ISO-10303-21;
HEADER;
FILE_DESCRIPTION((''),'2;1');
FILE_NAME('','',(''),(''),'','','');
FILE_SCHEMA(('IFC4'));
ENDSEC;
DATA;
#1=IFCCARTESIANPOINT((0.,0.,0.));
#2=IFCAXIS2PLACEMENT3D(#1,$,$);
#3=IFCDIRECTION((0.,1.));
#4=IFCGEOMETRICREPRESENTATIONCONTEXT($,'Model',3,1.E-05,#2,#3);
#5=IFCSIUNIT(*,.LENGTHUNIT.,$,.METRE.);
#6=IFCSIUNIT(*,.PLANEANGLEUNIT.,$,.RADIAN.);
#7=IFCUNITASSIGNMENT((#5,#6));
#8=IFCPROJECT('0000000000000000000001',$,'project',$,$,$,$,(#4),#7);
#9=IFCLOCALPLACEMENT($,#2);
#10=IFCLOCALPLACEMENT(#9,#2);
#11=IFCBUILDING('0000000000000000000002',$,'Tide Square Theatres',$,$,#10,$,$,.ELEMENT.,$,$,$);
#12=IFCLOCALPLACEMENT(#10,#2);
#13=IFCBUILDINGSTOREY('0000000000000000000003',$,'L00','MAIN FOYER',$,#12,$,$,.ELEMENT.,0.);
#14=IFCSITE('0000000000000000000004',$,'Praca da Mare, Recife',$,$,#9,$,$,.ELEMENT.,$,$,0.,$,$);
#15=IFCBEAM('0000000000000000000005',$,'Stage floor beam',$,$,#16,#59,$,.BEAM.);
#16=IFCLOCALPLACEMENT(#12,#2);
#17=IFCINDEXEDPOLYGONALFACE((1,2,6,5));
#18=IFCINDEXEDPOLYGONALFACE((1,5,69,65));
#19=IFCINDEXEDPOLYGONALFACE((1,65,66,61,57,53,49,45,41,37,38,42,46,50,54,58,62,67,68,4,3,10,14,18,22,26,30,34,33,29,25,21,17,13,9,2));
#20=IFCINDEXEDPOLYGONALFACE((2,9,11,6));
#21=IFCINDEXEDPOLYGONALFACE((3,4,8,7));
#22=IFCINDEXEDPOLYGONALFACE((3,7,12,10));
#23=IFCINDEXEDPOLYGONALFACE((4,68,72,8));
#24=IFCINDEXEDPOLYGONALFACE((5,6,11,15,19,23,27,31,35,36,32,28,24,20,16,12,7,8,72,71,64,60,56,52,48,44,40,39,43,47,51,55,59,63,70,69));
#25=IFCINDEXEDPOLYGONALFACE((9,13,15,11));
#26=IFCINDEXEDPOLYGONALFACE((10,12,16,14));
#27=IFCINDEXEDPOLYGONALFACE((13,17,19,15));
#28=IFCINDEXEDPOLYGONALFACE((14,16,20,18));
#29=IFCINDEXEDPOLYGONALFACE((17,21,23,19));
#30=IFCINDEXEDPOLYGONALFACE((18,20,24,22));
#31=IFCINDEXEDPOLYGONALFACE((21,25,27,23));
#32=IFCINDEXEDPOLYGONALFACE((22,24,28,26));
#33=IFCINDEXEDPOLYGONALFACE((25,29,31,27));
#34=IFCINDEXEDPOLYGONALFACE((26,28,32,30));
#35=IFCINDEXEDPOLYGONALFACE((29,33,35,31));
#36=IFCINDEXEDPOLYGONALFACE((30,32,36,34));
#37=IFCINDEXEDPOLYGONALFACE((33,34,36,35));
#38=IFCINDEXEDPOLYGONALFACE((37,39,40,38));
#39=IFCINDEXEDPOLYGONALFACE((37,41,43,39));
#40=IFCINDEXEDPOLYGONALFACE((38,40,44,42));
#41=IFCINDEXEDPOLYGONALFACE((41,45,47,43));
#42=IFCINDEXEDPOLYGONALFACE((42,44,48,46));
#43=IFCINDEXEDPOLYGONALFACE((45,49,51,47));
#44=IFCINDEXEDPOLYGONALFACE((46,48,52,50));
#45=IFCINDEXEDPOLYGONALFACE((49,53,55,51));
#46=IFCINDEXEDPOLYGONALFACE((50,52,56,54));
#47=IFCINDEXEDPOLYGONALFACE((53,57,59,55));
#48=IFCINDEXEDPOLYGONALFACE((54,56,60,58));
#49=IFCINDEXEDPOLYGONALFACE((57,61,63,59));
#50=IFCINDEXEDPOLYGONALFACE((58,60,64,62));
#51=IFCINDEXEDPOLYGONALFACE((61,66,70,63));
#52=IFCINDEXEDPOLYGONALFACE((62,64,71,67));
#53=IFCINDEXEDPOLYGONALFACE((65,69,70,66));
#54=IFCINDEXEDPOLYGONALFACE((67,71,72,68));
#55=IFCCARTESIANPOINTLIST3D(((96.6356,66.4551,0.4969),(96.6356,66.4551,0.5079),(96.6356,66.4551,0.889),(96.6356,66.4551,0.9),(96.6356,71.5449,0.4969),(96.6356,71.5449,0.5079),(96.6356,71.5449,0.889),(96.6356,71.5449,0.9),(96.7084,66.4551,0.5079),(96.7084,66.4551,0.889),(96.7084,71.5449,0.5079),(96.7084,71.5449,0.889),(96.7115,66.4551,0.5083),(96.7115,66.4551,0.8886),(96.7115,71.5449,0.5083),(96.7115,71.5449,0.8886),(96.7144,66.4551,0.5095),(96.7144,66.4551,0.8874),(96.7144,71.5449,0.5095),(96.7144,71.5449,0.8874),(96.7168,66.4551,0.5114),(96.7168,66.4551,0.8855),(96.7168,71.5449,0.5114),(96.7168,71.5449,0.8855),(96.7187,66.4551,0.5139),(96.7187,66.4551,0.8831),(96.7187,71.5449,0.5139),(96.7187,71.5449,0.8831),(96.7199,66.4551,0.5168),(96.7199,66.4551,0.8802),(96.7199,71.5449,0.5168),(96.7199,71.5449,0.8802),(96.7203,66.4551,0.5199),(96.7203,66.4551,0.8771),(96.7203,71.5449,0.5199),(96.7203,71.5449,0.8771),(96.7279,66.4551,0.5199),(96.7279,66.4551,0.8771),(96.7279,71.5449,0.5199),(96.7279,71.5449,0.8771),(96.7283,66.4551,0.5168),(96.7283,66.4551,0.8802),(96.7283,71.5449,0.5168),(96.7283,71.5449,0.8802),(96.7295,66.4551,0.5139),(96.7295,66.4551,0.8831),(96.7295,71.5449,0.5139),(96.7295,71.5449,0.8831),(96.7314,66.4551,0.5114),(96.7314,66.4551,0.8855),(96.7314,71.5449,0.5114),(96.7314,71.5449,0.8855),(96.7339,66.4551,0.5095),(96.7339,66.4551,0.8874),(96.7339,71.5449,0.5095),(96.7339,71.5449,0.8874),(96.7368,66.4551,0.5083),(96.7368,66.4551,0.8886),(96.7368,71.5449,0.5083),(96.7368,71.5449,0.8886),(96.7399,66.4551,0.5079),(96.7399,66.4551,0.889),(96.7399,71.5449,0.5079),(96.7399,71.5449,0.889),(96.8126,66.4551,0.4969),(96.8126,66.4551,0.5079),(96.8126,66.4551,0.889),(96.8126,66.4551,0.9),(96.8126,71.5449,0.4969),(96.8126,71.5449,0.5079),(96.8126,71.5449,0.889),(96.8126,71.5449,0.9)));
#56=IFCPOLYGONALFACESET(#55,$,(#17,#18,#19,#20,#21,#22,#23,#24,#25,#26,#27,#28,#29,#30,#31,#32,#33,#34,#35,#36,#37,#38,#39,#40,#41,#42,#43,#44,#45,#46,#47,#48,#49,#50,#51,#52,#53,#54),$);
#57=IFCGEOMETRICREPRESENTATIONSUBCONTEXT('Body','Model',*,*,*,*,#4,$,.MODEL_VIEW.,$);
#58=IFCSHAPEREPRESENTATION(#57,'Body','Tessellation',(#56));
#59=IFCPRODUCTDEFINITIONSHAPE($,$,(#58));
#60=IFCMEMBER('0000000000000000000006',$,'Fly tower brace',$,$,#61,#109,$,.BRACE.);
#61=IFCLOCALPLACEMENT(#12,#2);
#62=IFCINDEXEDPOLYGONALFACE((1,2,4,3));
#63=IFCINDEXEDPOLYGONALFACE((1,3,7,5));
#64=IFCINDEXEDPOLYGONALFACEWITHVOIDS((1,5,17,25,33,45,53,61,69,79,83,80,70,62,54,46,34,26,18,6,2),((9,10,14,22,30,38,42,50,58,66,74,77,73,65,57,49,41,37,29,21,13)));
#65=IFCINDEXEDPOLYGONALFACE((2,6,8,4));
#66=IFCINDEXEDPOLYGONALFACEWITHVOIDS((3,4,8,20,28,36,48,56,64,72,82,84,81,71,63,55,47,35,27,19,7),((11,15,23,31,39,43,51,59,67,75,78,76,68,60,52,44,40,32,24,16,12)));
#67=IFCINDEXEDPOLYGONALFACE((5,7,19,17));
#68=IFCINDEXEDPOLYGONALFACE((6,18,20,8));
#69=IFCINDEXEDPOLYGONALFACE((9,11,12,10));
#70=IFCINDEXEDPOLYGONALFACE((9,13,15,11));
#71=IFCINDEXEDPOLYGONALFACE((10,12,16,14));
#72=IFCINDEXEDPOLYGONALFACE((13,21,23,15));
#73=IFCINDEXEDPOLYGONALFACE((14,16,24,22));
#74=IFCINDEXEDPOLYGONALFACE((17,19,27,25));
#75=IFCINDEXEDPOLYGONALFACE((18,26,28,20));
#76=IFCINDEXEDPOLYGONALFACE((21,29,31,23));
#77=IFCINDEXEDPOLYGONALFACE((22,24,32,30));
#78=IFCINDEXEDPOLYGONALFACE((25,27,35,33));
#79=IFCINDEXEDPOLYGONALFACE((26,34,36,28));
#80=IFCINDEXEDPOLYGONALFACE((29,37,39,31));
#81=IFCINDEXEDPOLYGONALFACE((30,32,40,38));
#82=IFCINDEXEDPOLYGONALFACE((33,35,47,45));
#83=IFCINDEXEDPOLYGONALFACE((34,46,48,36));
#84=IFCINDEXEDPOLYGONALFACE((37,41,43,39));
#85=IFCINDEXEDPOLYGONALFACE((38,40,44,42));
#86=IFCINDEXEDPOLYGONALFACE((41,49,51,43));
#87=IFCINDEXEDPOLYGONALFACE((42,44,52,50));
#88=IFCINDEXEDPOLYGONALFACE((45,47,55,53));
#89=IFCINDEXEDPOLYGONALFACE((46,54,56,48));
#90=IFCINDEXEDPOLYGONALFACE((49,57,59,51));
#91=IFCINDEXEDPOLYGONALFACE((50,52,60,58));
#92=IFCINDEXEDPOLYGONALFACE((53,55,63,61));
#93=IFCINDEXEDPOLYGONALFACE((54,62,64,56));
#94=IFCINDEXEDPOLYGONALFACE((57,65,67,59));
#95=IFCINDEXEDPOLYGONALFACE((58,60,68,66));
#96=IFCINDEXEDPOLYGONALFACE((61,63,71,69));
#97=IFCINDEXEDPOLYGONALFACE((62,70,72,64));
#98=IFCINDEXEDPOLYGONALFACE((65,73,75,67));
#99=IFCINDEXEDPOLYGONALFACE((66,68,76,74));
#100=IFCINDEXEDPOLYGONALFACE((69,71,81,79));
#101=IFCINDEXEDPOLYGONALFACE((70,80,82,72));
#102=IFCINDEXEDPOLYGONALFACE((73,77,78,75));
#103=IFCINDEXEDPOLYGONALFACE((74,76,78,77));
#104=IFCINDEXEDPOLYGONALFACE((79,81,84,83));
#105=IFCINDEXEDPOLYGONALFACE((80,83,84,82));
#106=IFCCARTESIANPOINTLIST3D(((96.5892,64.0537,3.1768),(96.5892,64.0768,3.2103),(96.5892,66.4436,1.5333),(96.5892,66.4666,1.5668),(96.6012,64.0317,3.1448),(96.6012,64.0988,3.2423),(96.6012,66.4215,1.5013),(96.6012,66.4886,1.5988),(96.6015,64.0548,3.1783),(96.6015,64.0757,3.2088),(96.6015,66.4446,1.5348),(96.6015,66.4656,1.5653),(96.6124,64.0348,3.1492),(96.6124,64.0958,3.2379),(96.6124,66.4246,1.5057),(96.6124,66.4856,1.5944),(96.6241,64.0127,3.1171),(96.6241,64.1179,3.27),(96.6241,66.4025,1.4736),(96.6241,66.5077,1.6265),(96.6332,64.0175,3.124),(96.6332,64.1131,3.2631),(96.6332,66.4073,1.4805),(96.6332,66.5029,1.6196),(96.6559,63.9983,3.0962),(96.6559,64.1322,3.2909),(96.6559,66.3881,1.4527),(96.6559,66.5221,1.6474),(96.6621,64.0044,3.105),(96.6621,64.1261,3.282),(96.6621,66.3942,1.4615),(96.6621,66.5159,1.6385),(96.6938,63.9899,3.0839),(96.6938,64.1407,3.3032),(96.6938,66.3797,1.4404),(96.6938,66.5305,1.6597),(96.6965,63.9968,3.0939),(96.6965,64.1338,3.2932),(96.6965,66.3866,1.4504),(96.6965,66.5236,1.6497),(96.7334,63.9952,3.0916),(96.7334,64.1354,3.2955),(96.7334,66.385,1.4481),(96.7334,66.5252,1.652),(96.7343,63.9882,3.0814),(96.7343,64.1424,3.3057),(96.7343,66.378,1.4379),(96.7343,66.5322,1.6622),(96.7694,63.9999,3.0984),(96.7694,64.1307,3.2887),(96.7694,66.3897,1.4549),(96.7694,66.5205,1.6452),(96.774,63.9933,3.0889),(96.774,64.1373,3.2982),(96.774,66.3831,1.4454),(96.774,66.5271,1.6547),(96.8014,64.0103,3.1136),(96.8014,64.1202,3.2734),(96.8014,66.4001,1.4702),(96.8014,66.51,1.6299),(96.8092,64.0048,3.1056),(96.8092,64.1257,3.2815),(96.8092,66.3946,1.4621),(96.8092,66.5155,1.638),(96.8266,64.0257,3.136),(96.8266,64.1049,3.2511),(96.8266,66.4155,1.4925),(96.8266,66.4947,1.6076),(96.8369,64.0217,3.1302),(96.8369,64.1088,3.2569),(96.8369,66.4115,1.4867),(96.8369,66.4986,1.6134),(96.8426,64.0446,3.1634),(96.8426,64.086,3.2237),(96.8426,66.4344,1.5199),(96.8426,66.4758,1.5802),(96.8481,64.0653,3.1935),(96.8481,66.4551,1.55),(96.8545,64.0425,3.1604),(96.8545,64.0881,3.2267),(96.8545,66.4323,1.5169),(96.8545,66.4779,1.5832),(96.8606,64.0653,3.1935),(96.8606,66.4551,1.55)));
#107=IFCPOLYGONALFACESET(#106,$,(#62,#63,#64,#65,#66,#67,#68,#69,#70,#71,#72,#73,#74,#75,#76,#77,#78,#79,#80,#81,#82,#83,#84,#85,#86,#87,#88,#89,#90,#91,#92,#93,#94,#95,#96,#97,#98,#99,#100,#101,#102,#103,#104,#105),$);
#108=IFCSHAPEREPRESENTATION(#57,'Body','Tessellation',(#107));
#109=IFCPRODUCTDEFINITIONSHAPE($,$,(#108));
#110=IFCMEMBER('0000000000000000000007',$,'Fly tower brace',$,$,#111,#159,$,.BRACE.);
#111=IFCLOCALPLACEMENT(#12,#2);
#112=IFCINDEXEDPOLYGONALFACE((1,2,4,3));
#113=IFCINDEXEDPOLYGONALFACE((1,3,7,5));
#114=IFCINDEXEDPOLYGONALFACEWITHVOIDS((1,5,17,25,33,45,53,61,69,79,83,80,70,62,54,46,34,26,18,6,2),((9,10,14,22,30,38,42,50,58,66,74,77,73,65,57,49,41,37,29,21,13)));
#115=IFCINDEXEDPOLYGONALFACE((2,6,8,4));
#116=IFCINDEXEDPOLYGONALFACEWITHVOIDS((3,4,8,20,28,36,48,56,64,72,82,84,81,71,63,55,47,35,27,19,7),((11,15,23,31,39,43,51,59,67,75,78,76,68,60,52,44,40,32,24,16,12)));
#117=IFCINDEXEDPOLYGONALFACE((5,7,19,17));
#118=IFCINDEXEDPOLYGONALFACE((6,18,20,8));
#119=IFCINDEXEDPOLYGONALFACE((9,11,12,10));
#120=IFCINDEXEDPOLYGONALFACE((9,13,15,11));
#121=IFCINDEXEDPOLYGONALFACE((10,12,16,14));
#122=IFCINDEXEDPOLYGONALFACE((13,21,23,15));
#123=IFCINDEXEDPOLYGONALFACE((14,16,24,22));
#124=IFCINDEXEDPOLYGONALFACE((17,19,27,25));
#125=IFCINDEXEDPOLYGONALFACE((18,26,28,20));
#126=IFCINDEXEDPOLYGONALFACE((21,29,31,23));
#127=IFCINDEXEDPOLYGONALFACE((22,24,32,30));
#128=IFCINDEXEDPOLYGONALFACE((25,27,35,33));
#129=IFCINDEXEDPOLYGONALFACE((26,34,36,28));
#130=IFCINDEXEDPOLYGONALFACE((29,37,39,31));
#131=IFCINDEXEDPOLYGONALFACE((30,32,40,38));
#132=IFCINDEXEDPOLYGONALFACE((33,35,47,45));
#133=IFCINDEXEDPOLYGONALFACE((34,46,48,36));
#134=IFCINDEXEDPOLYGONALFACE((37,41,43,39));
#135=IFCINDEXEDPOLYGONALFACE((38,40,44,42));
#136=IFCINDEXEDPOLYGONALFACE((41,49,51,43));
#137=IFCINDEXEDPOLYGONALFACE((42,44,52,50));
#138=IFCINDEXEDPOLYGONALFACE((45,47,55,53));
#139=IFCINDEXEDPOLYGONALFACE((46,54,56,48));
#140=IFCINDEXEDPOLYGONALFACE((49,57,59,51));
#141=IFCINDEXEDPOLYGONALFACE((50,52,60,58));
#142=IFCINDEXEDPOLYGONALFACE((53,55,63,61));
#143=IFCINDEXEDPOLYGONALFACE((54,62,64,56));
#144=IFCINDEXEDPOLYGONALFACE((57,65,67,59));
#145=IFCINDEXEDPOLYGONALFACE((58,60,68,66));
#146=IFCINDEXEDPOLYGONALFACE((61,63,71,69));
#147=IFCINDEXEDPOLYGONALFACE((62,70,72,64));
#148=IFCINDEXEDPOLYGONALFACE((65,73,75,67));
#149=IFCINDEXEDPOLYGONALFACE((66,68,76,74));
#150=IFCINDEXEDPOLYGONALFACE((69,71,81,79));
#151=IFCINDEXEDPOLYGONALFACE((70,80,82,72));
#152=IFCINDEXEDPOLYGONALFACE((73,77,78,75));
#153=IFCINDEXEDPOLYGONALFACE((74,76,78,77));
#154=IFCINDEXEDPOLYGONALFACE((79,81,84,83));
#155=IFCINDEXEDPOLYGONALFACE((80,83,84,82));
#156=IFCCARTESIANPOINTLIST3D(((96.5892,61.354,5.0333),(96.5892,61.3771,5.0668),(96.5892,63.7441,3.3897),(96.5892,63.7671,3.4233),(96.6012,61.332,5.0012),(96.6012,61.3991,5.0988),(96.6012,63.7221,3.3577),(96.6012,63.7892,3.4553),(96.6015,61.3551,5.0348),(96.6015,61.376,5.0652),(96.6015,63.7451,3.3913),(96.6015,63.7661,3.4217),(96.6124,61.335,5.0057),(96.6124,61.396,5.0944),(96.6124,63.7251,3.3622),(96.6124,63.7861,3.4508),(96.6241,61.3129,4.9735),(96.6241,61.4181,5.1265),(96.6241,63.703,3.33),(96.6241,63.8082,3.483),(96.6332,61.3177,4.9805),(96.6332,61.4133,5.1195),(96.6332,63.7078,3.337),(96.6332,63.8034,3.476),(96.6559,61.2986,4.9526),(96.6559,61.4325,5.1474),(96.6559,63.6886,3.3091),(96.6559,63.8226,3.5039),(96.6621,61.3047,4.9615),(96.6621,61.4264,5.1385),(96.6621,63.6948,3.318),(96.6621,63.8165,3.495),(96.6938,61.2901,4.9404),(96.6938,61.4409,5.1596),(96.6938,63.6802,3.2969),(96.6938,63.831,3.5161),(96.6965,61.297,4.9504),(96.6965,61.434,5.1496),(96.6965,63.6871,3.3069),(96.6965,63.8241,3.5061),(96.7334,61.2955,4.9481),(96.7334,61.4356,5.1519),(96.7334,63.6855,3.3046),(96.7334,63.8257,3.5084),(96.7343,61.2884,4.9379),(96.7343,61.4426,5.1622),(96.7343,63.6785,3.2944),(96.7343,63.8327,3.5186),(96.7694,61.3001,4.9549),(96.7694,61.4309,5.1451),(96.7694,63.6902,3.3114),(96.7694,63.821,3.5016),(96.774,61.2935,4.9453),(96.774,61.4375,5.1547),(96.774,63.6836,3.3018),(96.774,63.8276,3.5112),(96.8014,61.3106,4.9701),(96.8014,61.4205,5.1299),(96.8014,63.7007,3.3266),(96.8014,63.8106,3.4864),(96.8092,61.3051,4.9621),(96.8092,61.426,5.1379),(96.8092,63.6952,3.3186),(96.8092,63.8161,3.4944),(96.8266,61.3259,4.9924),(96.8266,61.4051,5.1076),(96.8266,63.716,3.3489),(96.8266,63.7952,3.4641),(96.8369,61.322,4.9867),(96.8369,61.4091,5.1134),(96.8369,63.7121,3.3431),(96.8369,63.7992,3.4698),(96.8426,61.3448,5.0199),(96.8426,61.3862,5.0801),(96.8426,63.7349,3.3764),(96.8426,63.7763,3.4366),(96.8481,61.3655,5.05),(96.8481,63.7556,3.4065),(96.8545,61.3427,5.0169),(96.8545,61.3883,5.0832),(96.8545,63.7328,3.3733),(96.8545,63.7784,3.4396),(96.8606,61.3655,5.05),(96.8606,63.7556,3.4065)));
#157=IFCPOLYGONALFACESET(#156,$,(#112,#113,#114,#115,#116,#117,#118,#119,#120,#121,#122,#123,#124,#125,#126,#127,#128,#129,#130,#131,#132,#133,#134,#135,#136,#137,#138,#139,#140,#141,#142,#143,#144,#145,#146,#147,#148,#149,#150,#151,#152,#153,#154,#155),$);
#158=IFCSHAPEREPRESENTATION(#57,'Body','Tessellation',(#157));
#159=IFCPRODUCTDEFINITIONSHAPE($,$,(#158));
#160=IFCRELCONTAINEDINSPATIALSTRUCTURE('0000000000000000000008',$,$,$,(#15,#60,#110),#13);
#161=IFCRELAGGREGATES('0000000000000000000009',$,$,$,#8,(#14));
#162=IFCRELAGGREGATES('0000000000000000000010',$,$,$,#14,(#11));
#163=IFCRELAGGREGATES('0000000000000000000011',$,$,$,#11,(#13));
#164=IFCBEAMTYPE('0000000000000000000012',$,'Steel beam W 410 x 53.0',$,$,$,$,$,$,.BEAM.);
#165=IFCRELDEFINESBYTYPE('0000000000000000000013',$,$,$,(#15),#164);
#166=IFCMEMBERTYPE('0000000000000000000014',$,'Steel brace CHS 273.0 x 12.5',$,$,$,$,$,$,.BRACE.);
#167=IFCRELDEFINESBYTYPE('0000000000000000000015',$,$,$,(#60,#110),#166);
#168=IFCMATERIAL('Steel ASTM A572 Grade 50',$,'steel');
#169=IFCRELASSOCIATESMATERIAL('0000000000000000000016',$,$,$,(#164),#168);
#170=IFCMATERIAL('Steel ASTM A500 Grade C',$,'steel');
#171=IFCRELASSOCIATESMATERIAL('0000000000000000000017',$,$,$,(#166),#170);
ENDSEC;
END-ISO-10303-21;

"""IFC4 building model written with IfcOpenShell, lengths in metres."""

from ifc_helpers import new_model, si_unit, direction, frame, origin, origin_2d, place, context, subcontext, project, spatial, hollow_circle, i_section, extrude, material, material_profile, profile_set, type_object, element, save


model = new_model("IFC4")

# Units and contexts
model_context = context("Model", 3, precision=1e-05, world=origin(), true_north=direction((0.0, 1.0)))
body_context = subcontext(model_context, "Body", "Model", "MODEL_VIEW")
ifc_project = project(units=[si_unit("LENGTHUNIT", "METRE"), si_unit("PLANEANGLEUNIT", "RADIAN")], contexts=[model_context])

# Site, building, storey
site_placement = place(None, origin())
site = spatial("IfcSite", under=ifc_project, at=site_placement, Name="Praca da Mare, Recife", CompositionType="ELEMENT", RefElevation=0.0)
building_placement = place(site_placement, origin())
building = spatial("IfcBuilding", under=site, at=building_placement, Name="Tide Square Theatres", CompositionType="ELEMENT")
storey_placement = place(building_placement, origin())
storey = spatial("IfcBuildingStorey", under=building, at=storey_placement, Name="L00", Description="MAIN FOYER", CompositionType="ELEMENT", Elevation=0.0)

# Beam
ifc_material_1 = material(Name="Steel ASTM A572 Grade 50", Category="steel")
ifc_material_profile_1 = material_profile(ifc_material_1, i_section(OverallWidth=0.177, OverallDepth=0.4031, WebThickness=0.0076, FlangeThickness=0.011, FilletRadius=0.012, at=origin_2d()))
ifc_profile_set_1 = profile_set([ifc_material_profile_1], Name="Steel ASTM A572 Grade 50")
beam_type = type_object("IfcBeamType", Name="Steel beam W 410 x 53.0", PredefinedType="BEAM", material=ifc_profile_set_1)
for number, where, z_axis, x_axis, name in (
    (1, (96.7241, 66.4551, 0.6985), (0.0, 1.0, 0.0), (-1.0, 0.0, 0.0), "Stage floor beam"),
):
    element("IfcBeam", number, at=place(storey_placement, frame(where, z_axis=z_axis, x_axis=x_axis)), inside=storey, type_object=beam_type, Name=name, PredefinedType="BEAM", context=body_context, shape_type="SweptSolid", body=[
        extrude(i_section(OverallWidth=0.177, OverallDepth=0.4031, WebThickness=0.0076, FlangeThickness=0.011, FilletRadius=0.012, at=origin_2d()), origin(), (0.0, 0.0, 1.0), 5.0898),
    ])

# Members
ifc_material_2 = material(Name="Steel ASTM A500 Grade C", Category="steel")
ifc_material_profile_2 = material_profile(ifc_material_2, hollow_circle(Radius=0.1365, WallThickness=0.0125, at=origin_2d()))
ifc_profile_set_2 = profile_set([ifc_material_profile_2], Name="Steel ASTM A500 Grade C")
member_type = type_object("IfcMemberType", Name="Steel brace CHS 273.0 x 12.5", PredefinedType="BRACE", material=ifc_profile_set_2)
member_1_placement = place(storey_placement, frame((96.7241, 66.4551, 1.55), z_axis=(0.0, -0.823961, 0.566647), x_axis=(1.0, 0.0, 0.0)))
element("IfcMember", 2, at=member_1_placement, inside=storey, type_object=member_type, Name="Fly tower brace", PredefinedType="BRACE", context=body_context, shape_type="SweptSolid", body=[
    extrude(hollow_circle(Radius=0.1365, WallThickness=0.0125, at=origin_2d()), origin(), (0.0, 0.0, 1.0), 2.9004),
])
member_2_placement = place(storey_placement, frame((96.7241, 63.7556, 3.4065), z_axis=(0.0, -0.823988, 0.566607), x_axis=(1.0, 0.0, 0.0)))
element("IfcMember", 3, at=member_2_placement, inside=storey, type_object=member_type, Name="Fly tower brace", PredefinedType="BRACE", context=body_context, shape_type="SweptSolid", body=[
    extrude(hollow_circle(Radius=0.1365, WallThickness=0.0125, at=origin_2d()), origin(), (0.0, 0.0, 1.0), 2.9006),
])

save(model, "model.ifc")
